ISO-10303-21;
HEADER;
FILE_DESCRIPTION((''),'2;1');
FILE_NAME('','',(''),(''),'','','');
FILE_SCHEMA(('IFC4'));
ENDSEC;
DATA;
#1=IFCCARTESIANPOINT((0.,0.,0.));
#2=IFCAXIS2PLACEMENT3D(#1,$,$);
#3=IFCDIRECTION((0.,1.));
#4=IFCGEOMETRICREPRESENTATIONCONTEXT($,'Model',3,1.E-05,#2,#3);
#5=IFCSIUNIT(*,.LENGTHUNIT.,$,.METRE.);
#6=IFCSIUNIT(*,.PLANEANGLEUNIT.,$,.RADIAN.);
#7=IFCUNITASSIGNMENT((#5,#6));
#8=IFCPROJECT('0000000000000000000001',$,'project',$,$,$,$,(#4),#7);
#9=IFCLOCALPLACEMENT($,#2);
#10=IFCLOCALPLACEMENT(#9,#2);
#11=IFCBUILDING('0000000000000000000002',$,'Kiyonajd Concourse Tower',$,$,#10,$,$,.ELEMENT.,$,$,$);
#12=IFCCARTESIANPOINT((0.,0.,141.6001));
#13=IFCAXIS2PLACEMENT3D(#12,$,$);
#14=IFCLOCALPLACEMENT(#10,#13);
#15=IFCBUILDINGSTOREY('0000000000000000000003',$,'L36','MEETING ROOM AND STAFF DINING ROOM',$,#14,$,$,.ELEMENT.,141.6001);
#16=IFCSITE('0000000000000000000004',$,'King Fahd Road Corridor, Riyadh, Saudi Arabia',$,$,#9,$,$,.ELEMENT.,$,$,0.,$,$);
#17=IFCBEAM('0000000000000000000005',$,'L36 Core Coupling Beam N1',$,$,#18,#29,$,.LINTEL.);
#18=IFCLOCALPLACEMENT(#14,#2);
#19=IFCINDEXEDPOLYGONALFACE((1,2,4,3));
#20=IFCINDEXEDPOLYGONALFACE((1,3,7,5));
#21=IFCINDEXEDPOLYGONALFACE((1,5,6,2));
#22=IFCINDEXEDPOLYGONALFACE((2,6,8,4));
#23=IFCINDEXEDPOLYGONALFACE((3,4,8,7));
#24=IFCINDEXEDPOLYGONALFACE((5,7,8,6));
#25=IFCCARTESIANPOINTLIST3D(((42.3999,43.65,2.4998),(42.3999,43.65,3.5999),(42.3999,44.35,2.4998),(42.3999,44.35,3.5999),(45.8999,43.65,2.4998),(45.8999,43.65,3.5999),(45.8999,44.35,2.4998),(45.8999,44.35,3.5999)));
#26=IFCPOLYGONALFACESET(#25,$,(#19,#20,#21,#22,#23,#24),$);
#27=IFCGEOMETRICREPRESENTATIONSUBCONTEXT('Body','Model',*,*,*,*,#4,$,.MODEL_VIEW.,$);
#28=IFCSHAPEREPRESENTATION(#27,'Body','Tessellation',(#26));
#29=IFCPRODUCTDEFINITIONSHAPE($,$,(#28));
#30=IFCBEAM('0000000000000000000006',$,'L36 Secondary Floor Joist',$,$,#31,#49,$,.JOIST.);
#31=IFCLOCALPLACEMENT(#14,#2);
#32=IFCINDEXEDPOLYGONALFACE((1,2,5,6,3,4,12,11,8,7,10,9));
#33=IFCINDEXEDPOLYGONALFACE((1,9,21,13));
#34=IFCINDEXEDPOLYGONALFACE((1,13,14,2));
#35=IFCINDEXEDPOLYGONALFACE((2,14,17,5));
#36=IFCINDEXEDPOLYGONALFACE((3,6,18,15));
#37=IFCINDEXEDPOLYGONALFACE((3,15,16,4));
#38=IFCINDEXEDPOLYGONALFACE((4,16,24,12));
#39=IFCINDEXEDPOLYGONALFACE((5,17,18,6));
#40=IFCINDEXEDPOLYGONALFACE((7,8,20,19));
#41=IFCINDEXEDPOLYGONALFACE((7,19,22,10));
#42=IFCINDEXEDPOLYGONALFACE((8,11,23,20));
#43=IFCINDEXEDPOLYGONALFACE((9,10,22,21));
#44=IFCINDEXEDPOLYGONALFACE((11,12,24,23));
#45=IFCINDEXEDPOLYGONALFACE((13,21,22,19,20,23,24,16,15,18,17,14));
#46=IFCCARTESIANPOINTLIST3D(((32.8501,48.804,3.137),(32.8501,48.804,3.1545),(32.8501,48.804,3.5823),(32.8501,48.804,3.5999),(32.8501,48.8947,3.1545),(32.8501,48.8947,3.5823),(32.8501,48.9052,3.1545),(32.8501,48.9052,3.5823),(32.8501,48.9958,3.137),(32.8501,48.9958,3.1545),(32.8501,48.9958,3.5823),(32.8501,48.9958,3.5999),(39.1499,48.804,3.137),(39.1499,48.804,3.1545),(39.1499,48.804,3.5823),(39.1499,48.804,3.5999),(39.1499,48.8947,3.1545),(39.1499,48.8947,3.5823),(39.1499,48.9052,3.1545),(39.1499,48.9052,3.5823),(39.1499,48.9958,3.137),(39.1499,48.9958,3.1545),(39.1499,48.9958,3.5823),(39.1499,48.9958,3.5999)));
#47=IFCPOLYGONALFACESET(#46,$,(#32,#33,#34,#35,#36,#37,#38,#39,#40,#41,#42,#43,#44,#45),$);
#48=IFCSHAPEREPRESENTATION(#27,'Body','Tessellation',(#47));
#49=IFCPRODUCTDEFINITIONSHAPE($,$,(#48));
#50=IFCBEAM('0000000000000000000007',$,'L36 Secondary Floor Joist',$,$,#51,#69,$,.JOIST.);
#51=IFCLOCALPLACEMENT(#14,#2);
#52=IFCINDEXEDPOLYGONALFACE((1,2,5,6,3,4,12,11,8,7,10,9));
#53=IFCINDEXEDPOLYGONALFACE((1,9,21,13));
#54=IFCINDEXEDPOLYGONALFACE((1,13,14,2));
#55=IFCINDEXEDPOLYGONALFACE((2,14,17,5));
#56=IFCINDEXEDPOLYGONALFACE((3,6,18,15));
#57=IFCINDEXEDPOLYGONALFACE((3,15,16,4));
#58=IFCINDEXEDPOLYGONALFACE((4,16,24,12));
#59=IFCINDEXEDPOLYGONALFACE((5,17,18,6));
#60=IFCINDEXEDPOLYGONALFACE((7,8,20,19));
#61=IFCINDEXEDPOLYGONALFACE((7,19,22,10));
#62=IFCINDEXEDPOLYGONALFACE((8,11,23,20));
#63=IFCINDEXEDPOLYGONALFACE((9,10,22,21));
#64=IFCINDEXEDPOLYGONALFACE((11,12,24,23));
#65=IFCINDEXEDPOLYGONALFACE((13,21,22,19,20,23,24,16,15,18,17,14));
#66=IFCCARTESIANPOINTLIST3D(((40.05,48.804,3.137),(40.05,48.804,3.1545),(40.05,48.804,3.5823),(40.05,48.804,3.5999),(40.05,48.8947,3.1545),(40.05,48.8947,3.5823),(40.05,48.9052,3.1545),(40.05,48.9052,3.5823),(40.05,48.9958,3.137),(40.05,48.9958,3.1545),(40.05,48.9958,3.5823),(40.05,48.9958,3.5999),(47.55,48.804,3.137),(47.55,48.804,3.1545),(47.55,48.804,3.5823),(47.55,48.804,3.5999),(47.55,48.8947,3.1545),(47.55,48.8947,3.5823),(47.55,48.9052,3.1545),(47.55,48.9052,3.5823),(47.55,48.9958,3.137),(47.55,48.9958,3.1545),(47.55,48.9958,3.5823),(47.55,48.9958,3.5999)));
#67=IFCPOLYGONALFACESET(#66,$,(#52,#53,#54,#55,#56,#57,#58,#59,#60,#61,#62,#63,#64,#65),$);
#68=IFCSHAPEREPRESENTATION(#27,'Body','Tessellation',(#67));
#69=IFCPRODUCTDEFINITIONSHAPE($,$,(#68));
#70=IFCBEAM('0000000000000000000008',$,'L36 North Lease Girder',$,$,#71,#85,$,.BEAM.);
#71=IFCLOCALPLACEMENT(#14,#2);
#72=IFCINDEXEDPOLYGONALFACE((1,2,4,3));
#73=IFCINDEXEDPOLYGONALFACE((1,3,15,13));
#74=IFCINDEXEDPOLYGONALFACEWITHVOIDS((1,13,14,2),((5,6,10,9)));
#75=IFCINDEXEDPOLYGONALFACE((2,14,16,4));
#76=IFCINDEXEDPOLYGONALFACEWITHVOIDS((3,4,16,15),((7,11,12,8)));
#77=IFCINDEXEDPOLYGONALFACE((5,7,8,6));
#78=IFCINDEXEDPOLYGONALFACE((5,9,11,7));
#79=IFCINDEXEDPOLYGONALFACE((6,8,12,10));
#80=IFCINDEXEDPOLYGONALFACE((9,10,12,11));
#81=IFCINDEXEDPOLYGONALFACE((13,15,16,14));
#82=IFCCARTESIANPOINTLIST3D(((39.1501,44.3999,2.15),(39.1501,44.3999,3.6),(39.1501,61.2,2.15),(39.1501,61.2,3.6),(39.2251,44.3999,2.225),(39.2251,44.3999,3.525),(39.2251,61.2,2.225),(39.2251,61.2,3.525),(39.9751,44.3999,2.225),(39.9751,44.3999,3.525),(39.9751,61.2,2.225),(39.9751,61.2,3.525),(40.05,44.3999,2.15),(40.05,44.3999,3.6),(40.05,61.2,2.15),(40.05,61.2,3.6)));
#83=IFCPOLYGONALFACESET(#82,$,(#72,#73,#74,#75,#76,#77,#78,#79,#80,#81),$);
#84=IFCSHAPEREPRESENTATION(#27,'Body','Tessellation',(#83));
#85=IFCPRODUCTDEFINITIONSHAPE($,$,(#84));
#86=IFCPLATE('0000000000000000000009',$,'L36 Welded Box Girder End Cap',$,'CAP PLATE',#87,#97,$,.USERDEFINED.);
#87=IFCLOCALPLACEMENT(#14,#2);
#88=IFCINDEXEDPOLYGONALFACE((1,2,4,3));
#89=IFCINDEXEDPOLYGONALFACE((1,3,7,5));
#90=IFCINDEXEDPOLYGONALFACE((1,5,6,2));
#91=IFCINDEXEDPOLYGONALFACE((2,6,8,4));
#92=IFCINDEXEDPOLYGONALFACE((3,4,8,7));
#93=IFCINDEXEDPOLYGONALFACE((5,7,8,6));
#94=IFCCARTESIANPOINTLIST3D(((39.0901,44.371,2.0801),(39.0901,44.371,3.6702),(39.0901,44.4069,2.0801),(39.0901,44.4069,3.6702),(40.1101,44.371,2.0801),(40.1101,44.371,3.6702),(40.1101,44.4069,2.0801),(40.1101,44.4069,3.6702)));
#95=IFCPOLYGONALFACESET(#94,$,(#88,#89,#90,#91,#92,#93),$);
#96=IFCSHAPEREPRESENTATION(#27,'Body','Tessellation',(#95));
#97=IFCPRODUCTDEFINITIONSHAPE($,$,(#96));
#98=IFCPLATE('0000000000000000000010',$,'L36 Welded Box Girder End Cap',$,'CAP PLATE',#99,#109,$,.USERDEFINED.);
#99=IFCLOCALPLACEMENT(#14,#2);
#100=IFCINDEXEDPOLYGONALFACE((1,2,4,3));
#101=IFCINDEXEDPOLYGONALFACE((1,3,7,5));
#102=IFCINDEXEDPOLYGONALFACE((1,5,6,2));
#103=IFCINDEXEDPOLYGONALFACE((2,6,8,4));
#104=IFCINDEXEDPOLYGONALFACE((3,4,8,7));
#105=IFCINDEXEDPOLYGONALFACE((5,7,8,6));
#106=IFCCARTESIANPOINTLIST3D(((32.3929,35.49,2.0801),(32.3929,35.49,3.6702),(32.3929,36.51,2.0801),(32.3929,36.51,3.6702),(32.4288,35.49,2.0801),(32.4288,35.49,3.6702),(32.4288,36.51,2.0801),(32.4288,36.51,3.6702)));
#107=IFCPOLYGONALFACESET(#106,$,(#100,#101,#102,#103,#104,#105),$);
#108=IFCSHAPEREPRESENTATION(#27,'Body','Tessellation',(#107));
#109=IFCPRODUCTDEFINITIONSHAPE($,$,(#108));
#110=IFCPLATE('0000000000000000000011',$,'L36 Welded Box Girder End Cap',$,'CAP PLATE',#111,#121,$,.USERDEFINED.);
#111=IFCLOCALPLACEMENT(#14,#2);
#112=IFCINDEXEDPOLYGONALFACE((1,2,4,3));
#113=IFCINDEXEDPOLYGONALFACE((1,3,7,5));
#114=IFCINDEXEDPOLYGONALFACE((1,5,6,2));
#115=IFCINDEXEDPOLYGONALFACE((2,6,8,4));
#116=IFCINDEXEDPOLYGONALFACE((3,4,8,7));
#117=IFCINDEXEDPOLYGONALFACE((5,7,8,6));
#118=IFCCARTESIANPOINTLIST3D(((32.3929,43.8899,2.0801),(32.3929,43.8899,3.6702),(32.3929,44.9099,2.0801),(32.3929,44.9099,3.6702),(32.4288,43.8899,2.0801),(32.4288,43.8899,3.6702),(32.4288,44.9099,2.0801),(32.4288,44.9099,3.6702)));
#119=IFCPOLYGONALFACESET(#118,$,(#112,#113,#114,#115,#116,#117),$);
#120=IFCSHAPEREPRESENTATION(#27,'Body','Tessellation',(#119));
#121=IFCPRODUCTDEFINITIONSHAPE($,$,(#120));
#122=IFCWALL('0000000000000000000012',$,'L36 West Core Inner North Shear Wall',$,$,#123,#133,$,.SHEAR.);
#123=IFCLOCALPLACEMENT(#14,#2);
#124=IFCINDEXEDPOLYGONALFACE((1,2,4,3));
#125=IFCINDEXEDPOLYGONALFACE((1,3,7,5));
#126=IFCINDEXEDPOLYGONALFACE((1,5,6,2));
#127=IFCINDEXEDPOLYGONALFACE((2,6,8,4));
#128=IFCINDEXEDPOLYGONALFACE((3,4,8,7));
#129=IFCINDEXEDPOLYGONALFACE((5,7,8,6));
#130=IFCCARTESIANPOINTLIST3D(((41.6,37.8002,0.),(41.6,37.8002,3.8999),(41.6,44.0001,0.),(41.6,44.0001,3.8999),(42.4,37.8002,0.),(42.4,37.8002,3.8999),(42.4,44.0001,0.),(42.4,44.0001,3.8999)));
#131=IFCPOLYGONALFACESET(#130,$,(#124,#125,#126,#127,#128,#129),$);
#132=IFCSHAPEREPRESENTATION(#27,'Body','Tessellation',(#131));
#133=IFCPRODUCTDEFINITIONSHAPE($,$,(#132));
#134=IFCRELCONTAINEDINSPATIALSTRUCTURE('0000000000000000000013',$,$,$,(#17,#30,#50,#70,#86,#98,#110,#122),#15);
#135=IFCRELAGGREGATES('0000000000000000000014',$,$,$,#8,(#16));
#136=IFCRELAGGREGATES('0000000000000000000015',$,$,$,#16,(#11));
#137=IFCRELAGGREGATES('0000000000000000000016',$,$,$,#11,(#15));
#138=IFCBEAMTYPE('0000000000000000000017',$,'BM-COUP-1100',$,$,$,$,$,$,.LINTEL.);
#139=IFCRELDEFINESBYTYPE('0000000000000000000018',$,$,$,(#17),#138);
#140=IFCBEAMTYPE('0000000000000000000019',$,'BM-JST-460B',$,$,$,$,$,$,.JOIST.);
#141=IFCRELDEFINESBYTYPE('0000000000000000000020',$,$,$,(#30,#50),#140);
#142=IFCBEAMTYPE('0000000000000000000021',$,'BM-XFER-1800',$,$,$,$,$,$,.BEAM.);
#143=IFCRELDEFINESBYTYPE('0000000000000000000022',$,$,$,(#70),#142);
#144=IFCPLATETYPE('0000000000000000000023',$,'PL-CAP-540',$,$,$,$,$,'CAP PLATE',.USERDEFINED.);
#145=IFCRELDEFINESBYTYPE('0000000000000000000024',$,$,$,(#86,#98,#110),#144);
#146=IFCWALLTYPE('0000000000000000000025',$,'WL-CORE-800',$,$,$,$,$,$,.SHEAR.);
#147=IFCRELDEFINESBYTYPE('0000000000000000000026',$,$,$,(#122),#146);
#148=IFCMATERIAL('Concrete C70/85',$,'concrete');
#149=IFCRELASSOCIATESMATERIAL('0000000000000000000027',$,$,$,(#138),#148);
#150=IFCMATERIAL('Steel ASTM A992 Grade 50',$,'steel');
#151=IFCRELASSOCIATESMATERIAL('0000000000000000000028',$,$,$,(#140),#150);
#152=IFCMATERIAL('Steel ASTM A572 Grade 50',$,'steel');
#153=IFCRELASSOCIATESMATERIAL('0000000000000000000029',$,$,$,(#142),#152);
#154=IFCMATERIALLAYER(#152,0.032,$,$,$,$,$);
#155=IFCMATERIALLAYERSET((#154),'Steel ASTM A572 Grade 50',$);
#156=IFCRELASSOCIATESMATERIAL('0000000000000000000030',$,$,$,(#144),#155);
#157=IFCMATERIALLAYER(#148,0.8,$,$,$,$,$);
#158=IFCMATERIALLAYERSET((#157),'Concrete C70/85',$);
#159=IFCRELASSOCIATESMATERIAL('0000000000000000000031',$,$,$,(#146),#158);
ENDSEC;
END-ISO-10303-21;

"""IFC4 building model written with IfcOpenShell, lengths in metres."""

from ifc_helpers import new_model, si_unit, direction, frame, frame_2d, origin, origin_2d, place, context, subcontext, project, spatial, rectangle, hollow_rectangle, i_section, extrude, material, layer, layer_set, material_profile, profile_set, type_object, element, save


model = new_model("IFC4")

# Units and contexts
model_context = context("Model", 3, precision=1e-05, world=origin(), true_north=direction((0.0, 1.0)))
body_context = subcontext(model_context, "Body", "Model", "MODEL_VIEW")
ifc_project = project(units=[si_unit("LENGTHUNIT", "METRE"), si_unit("PLANEANGLEUNIT", "RADIAN")], contexts=[model_context])

# Site, building, storey
site_placement = place(None, origin())
site = spatial("IfcSite", under=ifc_project, at=site_placement, Name="King Fahd Road Corridor, Riyadh, Saudi Arabia", CompositionType="ELEMENT", RefElevation=0.0)
building_placement = place(site_placement, origin())
building = spatial("IfcBuilding", under=site, at=building_placement, Name="Kiyonajd Concourse Tower", CompositionType="ELEMENT")
storey_placement = place(building_placement, frame((0.0, 0.0, 141.6001)))
storey = spatial("IfcBuildingStorey", under=building, at=storey_placement, Name="L36", Description="MEETING ROOM AND STAFF DINING ROOM", CompositionType="ELEMENT", Elevation=141.6001)

# Beams
ifc_material_1 = material(Name="Concrete C70/85", Category="concrete")
ifc_material_profile_1 = material_profile(ifc_material_1, rectangle(XDim=0.7, YDim=1.1001, at=origin_2d()), Name="RCBM-700x1100")
ifc_profile_set_1 = profile_set([ifc_material_profile_1], Name="Concrete C70/85")
beam_type_1 = type_object("IfcBeamType", Name="BM-COUP-1100", PredefinedType="LINTEL", material=ifc_profile_set_1)
beam_1_placement = place(storey_placement, frame((42.3999, 44.0, 3.0498), z_axis=(1.0, 0.0, 0.0), x_axis=(0.0, 1.0, 0.0)))
element("IfcBeam", 1, at=beam_1_placement, inside=storey, type_object=beam_type_1, Name="L36 Core Coupling Beam N1", PredefinedType="LINTEL", context=body_context, shape_type="SweptSolid", body=[
    extrude(rectangle(XDim=0.7, YDim=1.1001, at=origin_2d()), origin(), (0.0, 0.0, 1.0), 3.5),
])
ifc_material_2 = material(Name="Steel ASTM A992 Grade 50", Category="steel")
ifc_material_profile_2 = material_profile(ifc_material_2, i_section(OverallWidth=0.1919, OverallDepth=0.4629, WebThickness=0.0105, FlangeThickness=0.0176, at=origin_2d()), Name="W460X89")
ifc_profile_set_2 = profile_set([ifc_material_profile_2], Name="Steel ASTM A992 Grade 50")
beam_type_2 = type_object("IfcBeamType", Name="BM-JST-460B", PredefinedType="JOIST", material=ifc_profile_set_2)
beam_2_placement = place(storey_placement, frame((32.8501, 48.8999, 3.3684), z_axis=(1.0, 0.0, 0.0), x_axis=(0.0, 1.0, 0.0)))
element("IfcBeam", 2, at=beam_2_placement, inside=storey, type_object=beam_type_2, Name="L36 Secondary Floor Joist", PredefinedType="JOIST", context=body_context, shape_type="SweptSolid", body=[
    extrude(i_section(OverallWidth=0.1919, OverallDepth=0.4629, WebThickness=0.0105, FlangeThickness=0.0176, at=origin_2d()), origin(), (0.0, 0.0, 1.0), 6.2998),
])
beam_3_placement = place(storey_placement, frame((40.05, 48.8999, 3.3684), z_axis=(1.0, 0.0, 0.0), x_axis=(0.0, 1.0, 0.0)))
element("IfcBeam", 3, at=beam_3_placement, inside=storey, type_object=beam_type_2, Name="L36 Secondary Floor Joist", PredefinedType="JOIST", context=body_context, shape_type="SweptSolid", body=[
    extrude(i_section(OverallWidth=0.1919, OverallDepth=0.4629, WebThickness=0.0105, FlangeThickness=0.0176, at=origin_2d()), origin(), (0.0, 0.0, 1.0), 7.5),
])
ifc_material_3 = material(Name="Steel ASTM A572 Grade 50", Category="steel")
ifc_material_profile_3 = material_profile(ifc_material_3, hollow_rectangle(XDim=0.8999, YDim=1.45, WallThickness=0.075, at=origin_2d()), Name="BOX-1450x900x75")
ifc_profile_set_3 = profile_set([ifc_material_profile_3], Name="Steel ASTM A572 Grade 50")
beam_type_3 = type_object("IfcBeamType", Name="BM-XFER-1800", PredefinedType="BEAM", material=ifc_profile_set_3)
beam_4_placement = place(storey_placement, frame((39.6001, 44.3999, 2.875), z_axis=(0.0, 1.0, 0.0), x_axis=(-1.0, 0.0, 0.0)))
element("IfcBeam", 4, at=beam_4_placement, inside=storey, type_object=beam_type_3, Name="L36 North Lease Girder", PredefinedType="BEAM", context=body_context, shape_type="SweptSolid", body=[
    extrude(hollow_rectangle(XDim=0.8999, YDim=1.45, WallThickness=0.075, at=origin_2d()), origin(), (0.0, 0.0, 1.0), 16.8),
])

# Plates
ifc_layer_1 = layer(ifc_material_3, 0.032)
ifc_layer_set_1 = layer_set([ifc_layer_1], Name="Steel ASTM A572 Grade 50")
plate_type = type_object("IfcPlateType", Name="PL-CAP-540", ElementType="CAP PLATE", PredefinedType="USERDEFINED", material=ifc_layer_set_1)
for number, where, z_axis, x_axis, name in (
    (5, (39.6001, 44.3889, 2.0801), (0.0, 0.0, 1.0), (0.0, -1.0, 0.0), "L36 Welded Box Girder End Cap"),
    (6, (32.4109, 36.0, 2.0801), (0.0, 0.0, 1.0), (1.0, 0.0, 0.0), "L36 Welded Box Girder End Cap"),
    (7, (32.4109, 44.3999, 2.0801), (0.0, 0.0, 1.0), (1.0, 0.0, 0.0), "L36 Welded Box Girder End Cap"),
):
    element("IfcPlate", number, at=place(storey_placement, frame(where, z_axis=z_axis, x_axis=x_axis)), inside=storey, type_object=plate_type, Name=name, ObjectType="CAP PLATE", PredefinedType="USERDEFINED", context=body_context, shape_type="SweptSolid", body=[
        extrude(rectangle(XDim=0.0359, YDim=1.02, at=origin_2d()), origin(), (0.0, 0.0, 1.0), 1.5901),
    ])

# Wall
ifc_layer_2 = layer(ifc_material_1, 0.8)
ifc_layer_set_2 = layer_set([ifc_layer_2], Name="Concrete C70/85")
wall_type_1 = type_object("IfcWallType", Name="WL-CORE-800", PredefinedType="SHEAR", material=ifc_layer_set_2)
wall_1_placement = place(storey_placement, frame((42.0, 37.8, 0.0), z_axis=(0.0, 0.0, 1.0), x_axis=(0.0, 1.0, 0.0)))
element("IfcWall", 8, at=wall_1_placement, inside=storey, type_object=wall_type_1, Name="L36 West Core Inner North Shear Wall", PredefinedType="SHEAR", context=body_context, shape_type="SweptSolid", body=[
    extrude(rectangle(XDim=6.2, YDim=0.8, at=frame_2d((3.1001, 0.0))), origin(), (0.0, 0.0, 1.0), 3.8999),
])

save(model, "model.ifc")
